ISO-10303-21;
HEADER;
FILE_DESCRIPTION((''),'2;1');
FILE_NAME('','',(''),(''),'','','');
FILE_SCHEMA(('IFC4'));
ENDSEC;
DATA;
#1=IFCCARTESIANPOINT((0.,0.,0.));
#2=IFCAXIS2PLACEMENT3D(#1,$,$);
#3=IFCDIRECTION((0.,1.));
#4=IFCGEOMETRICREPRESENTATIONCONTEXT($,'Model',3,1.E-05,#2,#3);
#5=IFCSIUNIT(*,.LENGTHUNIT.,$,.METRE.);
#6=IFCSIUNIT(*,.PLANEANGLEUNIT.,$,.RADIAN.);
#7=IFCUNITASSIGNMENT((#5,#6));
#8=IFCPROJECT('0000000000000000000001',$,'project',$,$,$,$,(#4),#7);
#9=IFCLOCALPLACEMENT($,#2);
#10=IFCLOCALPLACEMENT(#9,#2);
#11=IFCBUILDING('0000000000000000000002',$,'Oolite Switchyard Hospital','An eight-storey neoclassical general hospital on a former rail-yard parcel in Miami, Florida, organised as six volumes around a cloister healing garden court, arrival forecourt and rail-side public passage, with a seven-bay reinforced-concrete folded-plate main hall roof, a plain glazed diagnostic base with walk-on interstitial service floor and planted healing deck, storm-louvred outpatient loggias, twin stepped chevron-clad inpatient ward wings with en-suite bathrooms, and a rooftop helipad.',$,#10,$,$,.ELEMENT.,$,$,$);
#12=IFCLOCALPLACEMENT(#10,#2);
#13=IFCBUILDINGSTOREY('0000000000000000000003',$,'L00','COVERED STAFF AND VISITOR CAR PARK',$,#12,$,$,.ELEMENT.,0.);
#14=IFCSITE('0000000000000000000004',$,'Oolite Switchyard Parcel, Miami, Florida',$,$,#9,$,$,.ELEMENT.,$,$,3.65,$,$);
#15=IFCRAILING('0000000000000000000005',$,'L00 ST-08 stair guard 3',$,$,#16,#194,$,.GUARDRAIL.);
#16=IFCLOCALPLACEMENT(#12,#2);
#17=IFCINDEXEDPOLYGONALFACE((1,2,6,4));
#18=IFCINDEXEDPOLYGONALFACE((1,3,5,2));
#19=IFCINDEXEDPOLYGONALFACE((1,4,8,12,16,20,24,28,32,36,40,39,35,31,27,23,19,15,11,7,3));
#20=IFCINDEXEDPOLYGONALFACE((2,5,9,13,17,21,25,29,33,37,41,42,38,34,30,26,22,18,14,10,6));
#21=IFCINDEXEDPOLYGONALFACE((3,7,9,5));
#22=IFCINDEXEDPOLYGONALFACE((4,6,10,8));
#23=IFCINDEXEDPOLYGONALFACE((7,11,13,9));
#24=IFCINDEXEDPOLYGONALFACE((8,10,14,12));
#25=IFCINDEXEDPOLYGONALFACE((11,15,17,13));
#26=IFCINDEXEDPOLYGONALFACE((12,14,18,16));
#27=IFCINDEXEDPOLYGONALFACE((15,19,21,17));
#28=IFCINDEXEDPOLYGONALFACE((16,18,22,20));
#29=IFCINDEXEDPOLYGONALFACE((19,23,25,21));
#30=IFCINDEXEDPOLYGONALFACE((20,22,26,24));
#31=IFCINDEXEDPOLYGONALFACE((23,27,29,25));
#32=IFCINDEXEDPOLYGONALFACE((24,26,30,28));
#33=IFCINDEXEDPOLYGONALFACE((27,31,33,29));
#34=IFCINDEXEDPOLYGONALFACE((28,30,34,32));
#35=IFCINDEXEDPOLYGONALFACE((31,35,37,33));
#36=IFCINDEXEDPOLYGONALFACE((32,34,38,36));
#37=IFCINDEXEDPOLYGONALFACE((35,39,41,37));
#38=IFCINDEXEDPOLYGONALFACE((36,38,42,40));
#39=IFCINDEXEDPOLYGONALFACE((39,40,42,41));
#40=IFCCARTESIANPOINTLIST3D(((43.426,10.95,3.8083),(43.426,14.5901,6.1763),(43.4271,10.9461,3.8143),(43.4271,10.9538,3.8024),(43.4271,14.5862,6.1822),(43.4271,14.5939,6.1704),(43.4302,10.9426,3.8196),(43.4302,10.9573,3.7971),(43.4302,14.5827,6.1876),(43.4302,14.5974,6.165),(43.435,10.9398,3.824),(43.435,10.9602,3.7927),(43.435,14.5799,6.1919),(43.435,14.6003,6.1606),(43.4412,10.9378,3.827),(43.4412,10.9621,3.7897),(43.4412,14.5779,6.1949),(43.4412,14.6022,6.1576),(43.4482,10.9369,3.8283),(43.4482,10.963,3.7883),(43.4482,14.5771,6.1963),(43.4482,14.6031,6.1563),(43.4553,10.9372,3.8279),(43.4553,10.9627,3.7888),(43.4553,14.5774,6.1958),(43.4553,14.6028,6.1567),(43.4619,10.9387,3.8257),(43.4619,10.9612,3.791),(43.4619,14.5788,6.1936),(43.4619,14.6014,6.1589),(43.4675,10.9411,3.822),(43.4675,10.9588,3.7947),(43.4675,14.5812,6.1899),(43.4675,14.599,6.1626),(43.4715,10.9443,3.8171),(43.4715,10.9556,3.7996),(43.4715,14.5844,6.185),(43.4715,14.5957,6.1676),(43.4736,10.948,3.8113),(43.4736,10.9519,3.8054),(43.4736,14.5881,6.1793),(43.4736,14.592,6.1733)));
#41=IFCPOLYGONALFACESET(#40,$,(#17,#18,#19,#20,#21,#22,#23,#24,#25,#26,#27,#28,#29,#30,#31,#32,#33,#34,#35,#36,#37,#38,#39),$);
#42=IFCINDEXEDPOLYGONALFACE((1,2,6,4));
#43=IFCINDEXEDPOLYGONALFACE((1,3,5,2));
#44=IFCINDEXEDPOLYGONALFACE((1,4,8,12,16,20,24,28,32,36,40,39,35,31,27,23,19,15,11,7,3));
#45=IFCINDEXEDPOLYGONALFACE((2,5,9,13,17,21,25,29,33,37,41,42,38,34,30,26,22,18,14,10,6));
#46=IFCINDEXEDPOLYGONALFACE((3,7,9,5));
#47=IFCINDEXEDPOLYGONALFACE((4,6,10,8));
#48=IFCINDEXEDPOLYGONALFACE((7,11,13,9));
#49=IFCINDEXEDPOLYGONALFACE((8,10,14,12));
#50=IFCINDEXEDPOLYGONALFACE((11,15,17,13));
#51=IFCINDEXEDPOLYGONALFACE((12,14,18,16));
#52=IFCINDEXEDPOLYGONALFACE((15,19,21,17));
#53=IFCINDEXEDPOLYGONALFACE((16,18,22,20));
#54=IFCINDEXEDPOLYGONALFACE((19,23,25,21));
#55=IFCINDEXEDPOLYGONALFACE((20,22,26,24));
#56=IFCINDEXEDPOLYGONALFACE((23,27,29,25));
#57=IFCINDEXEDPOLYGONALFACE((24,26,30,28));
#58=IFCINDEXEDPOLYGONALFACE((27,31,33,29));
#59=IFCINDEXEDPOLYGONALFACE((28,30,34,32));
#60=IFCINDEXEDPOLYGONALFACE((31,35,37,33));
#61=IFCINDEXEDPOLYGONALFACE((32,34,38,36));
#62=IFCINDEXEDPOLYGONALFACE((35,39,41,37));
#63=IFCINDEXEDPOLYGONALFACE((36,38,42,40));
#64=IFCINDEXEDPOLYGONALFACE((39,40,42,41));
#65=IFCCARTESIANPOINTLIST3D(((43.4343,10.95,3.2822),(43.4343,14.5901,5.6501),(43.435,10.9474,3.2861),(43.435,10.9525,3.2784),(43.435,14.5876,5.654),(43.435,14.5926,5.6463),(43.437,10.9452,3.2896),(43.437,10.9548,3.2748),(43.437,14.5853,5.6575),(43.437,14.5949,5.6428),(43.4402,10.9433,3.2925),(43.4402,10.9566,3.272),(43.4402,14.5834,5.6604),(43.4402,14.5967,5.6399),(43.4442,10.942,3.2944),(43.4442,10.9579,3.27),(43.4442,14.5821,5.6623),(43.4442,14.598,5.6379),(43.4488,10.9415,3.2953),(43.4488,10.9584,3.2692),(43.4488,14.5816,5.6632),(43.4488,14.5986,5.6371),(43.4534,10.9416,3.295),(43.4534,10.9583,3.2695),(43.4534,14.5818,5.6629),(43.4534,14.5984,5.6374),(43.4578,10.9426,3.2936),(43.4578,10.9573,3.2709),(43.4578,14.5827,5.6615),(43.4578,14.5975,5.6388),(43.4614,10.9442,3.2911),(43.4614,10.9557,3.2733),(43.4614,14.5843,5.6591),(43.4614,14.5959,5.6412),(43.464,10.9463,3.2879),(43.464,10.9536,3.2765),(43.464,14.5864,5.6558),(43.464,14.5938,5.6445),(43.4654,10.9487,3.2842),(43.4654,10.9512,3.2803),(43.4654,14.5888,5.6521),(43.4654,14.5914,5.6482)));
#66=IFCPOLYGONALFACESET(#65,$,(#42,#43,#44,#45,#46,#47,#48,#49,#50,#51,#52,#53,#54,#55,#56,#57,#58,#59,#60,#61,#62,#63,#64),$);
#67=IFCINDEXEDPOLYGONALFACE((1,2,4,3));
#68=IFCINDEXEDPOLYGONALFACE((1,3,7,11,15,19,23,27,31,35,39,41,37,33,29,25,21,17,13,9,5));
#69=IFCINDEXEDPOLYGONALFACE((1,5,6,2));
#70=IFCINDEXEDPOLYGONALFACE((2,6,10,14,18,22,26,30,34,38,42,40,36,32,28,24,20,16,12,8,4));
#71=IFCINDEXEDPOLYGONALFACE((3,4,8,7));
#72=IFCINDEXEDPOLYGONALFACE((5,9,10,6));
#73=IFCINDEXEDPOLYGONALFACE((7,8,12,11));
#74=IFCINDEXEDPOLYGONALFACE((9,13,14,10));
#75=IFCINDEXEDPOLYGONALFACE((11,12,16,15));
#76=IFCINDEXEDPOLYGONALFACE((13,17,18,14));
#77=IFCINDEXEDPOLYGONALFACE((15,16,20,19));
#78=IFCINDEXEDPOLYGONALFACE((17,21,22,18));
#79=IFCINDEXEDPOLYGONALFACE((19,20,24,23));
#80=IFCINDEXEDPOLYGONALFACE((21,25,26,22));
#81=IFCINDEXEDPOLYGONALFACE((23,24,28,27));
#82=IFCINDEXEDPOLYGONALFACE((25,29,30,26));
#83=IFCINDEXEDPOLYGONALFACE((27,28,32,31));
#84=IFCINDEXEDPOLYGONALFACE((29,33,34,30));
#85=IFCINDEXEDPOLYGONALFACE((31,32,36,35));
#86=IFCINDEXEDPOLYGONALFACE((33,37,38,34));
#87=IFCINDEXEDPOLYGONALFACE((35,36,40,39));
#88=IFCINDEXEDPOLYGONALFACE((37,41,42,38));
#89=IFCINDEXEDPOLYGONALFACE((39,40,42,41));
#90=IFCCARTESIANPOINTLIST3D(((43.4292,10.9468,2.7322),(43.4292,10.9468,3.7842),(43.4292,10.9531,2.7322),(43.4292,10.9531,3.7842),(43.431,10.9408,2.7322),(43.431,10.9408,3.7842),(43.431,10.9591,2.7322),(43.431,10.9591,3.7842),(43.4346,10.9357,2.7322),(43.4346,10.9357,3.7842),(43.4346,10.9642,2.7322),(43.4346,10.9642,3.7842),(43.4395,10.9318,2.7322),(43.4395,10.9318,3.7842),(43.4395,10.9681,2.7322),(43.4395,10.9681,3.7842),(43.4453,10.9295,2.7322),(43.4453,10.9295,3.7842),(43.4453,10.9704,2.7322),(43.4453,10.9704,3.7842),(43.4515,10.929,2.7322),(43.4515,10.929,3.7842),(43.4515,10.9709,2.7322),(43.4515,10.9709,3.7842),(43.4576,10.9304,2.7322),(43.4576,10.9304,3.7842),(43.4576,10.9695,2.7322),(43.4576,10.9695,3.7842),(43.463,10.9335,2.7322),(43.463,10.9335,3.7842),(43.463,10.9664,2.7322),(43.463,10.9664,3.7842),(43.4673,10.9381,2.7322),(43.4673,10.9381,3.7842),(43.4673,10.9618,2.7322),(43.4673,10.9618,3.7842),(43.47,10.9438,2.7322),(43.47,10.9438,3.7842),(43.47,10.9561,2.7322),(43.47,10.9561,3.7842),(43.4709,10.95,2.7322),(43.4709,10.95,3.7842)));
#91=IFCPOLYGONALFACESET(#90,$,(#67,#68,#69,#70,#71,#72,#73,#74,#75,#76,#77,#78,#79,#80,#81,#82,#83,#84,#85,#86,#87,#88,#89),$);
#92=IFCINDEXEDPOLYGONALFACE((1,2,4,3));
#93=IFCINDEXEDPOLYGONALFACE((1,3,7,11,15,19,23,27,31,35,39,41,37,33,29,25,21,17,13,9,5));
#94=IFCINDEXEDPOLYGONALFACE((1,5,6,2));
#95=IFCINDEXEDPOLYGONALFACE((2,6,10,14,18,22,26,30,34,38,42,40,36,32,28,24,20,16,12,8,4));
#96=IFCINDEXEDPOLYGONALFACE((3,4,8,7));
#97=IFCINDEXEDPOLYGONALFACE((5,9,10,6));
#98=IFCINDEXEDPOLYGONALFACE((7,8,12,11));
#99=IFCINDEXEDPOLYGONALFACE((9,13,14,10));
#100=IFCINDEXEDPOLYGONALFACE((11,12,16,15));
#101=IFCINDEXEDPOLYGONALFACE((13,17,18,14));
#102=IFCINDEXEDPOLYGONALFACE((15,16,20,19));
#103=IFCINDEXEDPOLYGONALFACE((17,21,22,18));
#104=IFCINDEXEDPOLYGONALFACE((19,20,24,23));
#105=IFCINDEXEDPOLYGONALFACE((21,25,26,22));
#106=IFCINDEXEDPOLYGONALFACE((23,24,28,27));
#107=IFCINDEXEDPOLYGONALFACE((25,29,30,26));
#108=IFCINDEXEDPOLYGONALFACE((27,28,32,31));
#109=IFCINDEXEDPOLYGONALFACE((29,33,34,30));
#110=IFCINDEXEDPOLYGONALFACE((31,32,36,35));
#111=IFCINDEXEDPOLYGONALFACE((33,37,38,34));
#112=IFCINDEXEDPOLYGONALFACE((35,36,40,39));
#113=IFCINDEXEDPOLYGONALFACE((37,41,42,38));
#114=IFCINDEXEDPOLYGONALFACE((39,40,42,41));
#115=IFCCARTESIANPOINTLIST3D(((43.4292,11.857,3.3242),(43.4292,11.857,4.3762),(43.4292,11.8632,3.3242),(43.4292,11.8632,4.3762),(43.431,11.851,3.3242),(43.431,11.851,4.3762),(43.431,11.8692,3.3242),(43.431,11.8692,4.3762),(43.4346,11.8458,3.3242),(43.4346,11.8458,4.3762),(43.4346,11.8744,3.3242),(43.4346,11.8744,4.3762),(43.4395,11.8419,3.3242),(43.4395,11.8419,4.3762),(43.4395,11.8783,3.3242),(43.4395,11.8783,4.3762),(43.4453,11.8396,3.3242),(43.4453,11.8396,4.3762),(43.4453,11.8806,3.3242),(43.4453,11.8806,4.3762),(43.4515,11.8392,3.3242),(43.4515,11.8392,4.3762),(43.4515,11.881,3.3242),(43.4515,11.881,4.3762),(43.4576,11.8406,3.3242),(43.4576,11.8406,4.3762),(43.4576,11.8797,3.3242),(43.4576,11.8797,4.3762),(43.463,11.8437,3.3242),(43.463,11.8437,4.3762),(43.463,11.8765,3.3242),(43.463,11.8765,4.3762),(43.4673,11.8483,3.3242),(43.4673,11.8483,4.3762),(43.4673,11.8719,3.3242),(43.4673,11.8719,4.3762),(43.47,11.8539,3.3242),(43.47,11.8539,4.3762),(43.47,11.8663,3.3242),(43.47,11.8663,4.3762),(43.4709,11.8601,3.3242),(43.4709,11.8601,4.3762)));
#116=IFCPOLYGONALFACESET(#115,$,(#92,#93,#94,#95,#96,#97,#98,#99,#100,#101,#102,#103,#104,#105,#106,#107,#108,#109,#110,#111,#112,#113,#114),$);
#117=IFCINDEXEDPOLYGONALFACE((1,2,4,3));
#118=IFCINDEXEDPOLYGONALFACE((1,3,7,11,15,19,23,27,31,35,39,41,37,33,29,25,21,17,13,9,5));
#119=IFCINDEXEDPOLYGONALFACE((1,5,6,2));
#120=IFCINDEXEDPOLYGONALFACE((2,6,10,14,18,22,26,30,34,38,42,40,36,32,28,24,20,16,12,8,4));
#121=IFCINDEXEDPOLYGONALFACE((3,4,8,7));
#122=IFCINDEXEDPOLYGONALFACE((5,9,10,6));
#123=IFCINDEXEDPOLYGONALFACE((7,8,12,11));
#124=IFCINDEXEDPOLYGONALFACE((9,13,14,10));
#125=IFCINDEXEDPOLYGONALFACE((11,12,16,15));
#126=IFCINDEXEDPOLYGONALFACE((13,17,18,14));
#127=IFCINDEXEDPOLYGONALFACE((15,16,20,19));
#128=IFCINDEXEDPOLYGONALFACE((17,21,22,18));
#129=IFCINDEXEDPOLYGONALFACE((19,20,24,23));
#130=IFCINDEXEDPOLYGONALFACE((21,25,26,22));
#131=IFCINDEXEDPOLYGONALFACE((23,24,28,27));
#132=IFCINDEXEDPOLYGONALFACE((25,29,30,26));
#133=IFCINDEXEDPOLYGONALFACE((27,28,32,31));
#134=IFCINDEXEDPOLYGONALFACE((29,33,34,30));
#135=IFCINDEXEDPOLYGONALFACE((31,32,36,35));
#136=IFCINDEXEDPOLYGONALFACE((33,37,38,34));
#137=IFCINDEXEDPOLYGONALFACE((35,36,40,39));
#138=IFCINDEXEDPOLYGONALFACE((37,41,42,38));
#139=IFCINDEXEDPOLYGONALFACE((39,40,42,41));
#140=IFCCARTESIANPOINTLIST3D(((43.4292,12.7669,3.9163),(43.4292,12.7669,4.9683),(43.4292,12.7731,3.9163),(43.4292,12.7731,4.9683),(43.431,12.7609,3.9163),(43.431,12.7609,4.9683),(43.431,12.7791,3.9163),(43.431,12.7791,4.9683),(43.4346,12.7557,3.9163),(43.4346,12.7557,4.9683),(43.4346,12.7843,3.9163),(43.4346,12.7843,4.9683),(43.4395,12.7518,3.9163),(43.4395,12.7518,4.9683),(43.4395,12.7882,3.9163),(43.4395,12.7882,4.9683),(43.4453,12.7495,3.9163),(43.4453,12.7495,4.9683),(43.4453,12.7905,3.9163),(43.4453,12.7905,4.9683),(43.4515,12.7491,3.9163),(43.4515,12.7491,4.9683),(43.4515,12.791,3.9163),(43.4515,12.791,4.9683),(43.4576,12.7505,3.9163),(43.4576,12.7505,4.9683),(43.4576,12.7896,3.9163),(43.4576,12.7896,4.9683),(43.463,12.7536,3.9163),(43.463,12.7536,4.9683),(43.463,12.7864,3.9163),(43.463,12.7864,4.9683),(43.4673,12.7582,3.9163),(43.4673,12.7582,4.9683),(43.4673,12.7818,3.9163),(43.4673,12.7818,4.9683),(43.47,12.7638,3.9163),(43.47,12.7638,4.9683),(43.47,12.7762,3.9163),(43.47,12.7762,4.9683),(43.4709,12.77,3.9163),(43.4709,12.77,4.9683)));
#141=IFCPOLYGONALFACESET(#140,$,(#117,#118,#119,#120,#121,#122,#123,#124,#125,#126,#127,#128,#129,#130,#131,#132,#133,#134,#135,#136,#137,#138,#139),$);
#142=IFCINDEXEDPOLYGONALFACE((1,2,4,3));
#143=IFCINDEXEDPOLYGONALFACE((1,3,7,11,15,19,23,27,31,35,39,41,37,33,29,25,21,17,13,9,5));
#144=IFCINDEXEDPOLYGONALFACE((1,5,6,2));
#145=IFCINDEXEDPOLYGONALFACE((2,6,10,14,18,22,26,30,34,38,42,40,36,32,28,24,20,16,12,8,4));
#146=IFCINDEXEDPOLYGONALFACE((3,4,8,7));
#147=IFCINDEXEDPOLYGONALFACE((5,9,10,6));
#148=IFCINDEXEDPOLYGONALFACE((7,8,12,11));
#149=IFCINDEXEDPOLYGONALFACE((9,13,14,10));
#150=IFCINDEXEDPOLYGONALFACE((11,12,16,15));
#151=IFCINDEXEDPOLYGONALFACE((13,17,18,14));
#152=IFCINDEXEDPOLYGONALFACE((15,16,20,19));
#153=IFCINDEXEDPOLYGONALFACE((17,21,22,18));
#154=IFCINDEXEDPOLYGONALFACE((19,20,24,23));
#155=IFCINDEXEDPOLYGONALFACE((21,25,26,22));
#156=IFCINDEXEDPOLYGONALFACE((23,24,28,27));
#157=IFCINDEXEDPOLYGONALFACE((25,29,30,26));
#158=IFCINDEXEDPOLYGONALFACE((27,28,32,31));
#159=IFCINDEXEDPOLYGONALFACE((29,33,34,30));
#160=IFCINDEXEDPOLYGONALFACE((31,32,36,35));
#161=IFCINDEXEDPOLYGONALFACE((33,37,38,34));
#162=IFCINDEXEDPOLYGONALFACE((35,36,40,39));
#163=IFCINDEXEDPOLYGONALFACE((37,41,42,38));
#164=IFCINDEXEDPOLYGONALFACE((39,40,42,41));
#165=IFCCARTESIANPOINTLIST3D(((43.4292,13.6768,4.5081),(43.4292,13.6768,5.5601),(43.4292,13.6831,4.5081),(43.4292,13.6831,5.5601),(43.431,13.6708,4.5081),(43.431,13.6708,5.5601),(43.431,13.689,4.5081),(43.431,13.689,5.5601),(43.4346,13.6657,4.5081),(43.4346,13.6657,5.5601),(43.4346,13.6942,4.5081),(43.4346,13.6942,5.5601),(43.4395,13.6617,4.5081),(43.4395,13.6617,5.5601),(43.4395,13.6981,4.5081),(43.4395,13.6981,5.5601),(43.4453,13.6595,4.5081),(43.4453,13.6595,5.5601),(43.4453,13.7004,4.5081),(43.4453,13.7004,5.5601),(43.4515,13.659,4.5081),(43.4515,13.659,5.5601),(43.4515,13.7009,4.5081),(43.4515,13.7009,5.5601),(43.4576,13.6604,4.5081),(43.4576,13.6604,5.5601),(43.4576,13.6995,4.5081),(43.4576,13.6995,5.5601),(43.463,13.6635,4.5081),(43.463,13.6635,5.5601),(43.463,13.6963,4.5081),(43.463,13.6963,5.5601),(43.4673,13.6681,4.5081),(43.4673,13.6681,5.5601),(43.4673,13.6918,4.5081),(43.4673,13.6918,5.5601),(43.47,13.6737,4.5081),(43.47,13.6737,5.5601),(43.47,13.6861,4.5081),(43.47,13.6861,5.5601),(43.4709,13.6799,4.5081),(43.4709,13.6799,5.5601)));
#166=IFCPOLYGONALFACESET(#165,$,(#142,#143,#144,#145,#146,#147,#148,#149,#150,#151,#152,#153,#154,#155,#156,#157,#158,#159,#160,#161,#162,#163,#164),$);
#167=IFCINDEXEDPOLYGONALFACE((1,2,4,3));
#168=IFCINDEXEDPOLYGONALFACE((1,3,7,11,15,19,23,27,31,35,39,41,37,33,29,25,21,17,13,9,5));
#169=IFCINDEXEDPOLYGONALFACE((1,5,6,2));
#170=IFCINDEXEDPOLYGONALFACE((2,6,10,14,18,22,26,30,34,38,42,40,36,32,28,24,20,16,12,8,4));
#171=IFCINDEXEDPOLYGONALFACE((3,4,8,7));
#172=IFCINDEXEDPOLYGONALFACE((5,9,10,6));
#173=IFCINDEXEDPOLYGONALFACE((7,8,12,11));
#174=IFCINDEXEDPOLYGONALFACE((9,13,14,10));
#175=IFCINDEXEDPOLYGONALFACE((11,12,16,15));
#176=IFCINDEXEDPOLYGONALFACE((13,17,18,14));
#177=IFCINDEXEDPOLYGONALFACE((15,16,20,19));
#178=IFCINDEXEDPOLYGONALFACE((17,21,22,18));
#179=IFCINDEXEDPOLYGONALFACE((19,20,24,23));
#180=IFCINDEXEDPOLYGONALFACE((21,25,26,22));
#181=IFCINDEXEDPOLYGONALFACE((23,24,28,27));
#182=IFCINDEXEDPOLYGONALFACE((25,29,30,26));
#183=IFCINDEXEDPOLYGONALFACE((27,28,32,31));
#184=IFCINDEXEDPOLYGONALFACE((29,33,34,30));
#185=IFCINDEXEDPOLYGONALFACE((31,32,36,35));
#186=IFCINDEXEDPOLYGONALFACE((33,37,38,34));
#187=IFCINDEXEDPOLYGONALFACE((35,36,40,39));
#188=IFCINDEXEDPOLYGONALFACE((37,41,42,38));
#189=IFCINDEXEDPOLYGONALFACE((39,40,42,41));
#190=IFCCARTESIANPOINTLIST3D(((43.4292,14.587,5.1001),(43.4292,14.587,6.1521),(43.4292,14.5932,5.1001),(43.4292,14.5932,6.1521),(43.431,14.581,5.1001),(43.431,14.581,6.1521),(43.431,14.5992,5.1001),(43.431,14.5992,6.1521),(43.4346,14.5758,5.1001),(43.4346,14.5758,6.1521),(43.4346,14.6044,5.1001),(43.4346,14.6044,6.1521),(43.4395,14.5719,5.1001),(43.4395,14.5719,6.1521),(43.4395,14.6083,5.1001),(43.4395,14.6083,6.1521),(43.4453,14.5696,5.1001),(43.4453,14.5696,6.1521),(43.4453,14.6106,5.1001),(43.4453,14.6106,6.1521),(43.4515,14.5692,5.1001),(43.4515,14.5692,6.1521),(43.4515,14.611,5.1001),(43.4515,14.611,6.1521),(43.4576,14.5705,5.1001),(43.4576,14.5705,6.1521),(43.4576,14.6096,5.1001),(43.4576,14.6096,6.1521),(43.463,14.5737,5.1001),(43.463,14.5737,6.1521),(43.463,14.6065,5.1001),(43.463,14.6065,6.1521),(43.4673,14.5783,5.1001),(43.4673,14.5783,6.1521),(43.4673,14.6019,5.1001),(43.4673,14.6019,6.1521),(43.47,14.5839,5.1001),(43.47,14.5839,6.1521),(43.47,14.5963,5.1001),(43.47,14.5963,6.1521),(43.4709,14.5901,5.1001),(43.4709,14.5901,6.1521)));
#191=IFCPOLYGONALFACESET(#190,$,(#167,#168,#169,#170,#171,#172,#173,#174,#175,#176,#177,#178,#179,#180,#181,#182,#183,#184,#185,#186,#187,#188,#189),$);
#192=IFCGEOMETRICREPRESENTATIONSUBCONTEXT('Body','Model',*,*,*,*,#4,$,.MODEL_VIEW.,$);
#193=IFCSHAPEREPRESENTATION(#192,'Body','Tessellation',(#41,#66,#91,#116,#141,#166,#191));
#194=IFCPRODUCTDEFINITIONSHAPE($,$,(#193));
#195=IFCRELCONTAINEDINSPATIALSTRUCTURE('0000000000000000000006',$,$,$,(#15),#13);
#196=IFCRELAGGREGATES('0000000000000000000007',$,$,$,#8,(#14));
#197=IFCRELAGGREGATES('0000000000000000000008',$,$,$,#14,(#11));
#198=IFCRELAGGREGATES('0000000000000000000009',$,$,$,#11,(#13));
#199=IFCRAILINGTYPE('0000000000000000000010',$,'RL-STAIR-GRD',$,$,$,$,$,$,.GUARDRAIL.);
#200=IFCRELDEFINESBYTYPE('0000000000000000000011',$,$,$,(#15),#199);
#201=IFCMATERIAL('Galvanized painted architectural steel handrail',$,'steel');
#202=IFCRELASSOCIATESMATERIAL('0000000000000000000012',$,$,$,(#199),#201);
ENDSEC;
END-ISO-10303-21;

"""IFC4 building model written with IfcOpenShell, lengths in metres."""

from ifc_helpers import new_model, si_unit, direction, frame, origin, origin_2d, place, context, subcontext, project, spatial, circle, extrude, material, type_object, element, save


model = new_model("IFC4")

# Units and contexts
model_context = context("Model", 3, precision=1e-05, world=origin(), true_north=direction((0.0, 1.0)))
body_context = subcontext(model_context, "Body", "Model", "MODEL_VIEW")
ifc_project = project(units=[si_unit("LENGTHUNIT", "METRE"), si_unit("PLANEANGLEUNIT", "RADIAN")], contexts=[model_context])

# Site, building, storey
site_placement = place(None, origin())
site = spatial("IfcSite", under=ifc_project, at=site_placement, Name="Oolite Switchyard Parcel, Miami, Florida", CompositionType="ELEMENT", RefElevation=3.65)
building_placement = place(site_placement, origin())
building = spatial("IfcBuilding", under=site, at=building_placement, Name="Oolite Switchyard Hospital", Description="An eight-storey neoclassical general hospital on a former rail-yard parcel in Miami, Florida, organised as six volumes around a cloister healing garden court, arrival forecourt and rail-side public passage, with a seven-bay reinforced-concrete folded-plate main hall roof, a plain glazed diagnostic base with walk-on interstitial service floor and planted healing deck, storm-louvred outpatient loggias, twin stepped chevron-clad inpatient ward wings with en-suite bathrooms, and a rooftop helipad.", CompositionType="ELEMENT")
storey_placement = place(building_placement, origin())
storey = spatial("IfcBuildingStorey", under=building, at=storey_placement, Name="L00", Description="COVERED STAFF AND VISITOR CAR PARK", CompositionType="ELEMENT", Elevation=0.0)

# Railing
ifc_material_1 = material(Name="Galvanized painted architectural steel handrail", Category="steel")
railing_type_1 = type_object("IfcRailingType", Name="RL-STAIR-GRD", PredefinedType="GUARDRAIL", material=ifc_material_1)
railing_1_placement = place(storey_placement, frame((43.45, 10.95, 2.7322)))
element("IfcRailing", 1, at=railing_1_placement, inside=storey, type_object=railing_type_1, Name="L00 ST-08 stair guard 3", PredefinedType="GUARDRAIL", context=body_context, shape_type="SweptSolid", body=[
    extrude(circle(Radius=0.0239, at=origin_2d()), frame((0.0, 0.0, 1.0762), z_axis=(0.0, 0.838251, 0.545285), x_axis=(-1.0, 0.0, 0.0)), (0.0, 0.0, 1.0), 4.3425),
    extrude(circle(Radius=0.0156, at=origin_2d()), frame((0.0, 0.0, 0.55), z_axis=(0.0, 0.838251, 0.545285), x_axis=(-1.0, 0.0, 0.0)), (0.0, 0.0, 1.0), 4.3425),
    extrude(circle(Radius=0.021, at=origin_2d()), origin(), (0.0, 0.0, 1.0), 1.052),
    extrude(circle(Radius=0.021, at=origin_2d()), frame((0.0, 0.9102, 0.592)), (0.0, 0.0, 1.0), 1.052),
    extrude(circle(Radius=0.021, at=origin_2d()), frame((0.0, 1.8201, 1.1841)), (0.0, 0.0, 1.0), 1.052),
    extrude(circle(Radius=0.021, at=origin_2d()), frame((0.0, 2.73, 1.7759)), (0.0, 0.0, 1.0), 1.052),
    extrude(circle(Radius=0.021, at=origin_2d()), frame((0.0, 3.6401, 2.3679)), (0.0, 0.0, 1.0), 1.052),
])

save(model, "model.ifc")
